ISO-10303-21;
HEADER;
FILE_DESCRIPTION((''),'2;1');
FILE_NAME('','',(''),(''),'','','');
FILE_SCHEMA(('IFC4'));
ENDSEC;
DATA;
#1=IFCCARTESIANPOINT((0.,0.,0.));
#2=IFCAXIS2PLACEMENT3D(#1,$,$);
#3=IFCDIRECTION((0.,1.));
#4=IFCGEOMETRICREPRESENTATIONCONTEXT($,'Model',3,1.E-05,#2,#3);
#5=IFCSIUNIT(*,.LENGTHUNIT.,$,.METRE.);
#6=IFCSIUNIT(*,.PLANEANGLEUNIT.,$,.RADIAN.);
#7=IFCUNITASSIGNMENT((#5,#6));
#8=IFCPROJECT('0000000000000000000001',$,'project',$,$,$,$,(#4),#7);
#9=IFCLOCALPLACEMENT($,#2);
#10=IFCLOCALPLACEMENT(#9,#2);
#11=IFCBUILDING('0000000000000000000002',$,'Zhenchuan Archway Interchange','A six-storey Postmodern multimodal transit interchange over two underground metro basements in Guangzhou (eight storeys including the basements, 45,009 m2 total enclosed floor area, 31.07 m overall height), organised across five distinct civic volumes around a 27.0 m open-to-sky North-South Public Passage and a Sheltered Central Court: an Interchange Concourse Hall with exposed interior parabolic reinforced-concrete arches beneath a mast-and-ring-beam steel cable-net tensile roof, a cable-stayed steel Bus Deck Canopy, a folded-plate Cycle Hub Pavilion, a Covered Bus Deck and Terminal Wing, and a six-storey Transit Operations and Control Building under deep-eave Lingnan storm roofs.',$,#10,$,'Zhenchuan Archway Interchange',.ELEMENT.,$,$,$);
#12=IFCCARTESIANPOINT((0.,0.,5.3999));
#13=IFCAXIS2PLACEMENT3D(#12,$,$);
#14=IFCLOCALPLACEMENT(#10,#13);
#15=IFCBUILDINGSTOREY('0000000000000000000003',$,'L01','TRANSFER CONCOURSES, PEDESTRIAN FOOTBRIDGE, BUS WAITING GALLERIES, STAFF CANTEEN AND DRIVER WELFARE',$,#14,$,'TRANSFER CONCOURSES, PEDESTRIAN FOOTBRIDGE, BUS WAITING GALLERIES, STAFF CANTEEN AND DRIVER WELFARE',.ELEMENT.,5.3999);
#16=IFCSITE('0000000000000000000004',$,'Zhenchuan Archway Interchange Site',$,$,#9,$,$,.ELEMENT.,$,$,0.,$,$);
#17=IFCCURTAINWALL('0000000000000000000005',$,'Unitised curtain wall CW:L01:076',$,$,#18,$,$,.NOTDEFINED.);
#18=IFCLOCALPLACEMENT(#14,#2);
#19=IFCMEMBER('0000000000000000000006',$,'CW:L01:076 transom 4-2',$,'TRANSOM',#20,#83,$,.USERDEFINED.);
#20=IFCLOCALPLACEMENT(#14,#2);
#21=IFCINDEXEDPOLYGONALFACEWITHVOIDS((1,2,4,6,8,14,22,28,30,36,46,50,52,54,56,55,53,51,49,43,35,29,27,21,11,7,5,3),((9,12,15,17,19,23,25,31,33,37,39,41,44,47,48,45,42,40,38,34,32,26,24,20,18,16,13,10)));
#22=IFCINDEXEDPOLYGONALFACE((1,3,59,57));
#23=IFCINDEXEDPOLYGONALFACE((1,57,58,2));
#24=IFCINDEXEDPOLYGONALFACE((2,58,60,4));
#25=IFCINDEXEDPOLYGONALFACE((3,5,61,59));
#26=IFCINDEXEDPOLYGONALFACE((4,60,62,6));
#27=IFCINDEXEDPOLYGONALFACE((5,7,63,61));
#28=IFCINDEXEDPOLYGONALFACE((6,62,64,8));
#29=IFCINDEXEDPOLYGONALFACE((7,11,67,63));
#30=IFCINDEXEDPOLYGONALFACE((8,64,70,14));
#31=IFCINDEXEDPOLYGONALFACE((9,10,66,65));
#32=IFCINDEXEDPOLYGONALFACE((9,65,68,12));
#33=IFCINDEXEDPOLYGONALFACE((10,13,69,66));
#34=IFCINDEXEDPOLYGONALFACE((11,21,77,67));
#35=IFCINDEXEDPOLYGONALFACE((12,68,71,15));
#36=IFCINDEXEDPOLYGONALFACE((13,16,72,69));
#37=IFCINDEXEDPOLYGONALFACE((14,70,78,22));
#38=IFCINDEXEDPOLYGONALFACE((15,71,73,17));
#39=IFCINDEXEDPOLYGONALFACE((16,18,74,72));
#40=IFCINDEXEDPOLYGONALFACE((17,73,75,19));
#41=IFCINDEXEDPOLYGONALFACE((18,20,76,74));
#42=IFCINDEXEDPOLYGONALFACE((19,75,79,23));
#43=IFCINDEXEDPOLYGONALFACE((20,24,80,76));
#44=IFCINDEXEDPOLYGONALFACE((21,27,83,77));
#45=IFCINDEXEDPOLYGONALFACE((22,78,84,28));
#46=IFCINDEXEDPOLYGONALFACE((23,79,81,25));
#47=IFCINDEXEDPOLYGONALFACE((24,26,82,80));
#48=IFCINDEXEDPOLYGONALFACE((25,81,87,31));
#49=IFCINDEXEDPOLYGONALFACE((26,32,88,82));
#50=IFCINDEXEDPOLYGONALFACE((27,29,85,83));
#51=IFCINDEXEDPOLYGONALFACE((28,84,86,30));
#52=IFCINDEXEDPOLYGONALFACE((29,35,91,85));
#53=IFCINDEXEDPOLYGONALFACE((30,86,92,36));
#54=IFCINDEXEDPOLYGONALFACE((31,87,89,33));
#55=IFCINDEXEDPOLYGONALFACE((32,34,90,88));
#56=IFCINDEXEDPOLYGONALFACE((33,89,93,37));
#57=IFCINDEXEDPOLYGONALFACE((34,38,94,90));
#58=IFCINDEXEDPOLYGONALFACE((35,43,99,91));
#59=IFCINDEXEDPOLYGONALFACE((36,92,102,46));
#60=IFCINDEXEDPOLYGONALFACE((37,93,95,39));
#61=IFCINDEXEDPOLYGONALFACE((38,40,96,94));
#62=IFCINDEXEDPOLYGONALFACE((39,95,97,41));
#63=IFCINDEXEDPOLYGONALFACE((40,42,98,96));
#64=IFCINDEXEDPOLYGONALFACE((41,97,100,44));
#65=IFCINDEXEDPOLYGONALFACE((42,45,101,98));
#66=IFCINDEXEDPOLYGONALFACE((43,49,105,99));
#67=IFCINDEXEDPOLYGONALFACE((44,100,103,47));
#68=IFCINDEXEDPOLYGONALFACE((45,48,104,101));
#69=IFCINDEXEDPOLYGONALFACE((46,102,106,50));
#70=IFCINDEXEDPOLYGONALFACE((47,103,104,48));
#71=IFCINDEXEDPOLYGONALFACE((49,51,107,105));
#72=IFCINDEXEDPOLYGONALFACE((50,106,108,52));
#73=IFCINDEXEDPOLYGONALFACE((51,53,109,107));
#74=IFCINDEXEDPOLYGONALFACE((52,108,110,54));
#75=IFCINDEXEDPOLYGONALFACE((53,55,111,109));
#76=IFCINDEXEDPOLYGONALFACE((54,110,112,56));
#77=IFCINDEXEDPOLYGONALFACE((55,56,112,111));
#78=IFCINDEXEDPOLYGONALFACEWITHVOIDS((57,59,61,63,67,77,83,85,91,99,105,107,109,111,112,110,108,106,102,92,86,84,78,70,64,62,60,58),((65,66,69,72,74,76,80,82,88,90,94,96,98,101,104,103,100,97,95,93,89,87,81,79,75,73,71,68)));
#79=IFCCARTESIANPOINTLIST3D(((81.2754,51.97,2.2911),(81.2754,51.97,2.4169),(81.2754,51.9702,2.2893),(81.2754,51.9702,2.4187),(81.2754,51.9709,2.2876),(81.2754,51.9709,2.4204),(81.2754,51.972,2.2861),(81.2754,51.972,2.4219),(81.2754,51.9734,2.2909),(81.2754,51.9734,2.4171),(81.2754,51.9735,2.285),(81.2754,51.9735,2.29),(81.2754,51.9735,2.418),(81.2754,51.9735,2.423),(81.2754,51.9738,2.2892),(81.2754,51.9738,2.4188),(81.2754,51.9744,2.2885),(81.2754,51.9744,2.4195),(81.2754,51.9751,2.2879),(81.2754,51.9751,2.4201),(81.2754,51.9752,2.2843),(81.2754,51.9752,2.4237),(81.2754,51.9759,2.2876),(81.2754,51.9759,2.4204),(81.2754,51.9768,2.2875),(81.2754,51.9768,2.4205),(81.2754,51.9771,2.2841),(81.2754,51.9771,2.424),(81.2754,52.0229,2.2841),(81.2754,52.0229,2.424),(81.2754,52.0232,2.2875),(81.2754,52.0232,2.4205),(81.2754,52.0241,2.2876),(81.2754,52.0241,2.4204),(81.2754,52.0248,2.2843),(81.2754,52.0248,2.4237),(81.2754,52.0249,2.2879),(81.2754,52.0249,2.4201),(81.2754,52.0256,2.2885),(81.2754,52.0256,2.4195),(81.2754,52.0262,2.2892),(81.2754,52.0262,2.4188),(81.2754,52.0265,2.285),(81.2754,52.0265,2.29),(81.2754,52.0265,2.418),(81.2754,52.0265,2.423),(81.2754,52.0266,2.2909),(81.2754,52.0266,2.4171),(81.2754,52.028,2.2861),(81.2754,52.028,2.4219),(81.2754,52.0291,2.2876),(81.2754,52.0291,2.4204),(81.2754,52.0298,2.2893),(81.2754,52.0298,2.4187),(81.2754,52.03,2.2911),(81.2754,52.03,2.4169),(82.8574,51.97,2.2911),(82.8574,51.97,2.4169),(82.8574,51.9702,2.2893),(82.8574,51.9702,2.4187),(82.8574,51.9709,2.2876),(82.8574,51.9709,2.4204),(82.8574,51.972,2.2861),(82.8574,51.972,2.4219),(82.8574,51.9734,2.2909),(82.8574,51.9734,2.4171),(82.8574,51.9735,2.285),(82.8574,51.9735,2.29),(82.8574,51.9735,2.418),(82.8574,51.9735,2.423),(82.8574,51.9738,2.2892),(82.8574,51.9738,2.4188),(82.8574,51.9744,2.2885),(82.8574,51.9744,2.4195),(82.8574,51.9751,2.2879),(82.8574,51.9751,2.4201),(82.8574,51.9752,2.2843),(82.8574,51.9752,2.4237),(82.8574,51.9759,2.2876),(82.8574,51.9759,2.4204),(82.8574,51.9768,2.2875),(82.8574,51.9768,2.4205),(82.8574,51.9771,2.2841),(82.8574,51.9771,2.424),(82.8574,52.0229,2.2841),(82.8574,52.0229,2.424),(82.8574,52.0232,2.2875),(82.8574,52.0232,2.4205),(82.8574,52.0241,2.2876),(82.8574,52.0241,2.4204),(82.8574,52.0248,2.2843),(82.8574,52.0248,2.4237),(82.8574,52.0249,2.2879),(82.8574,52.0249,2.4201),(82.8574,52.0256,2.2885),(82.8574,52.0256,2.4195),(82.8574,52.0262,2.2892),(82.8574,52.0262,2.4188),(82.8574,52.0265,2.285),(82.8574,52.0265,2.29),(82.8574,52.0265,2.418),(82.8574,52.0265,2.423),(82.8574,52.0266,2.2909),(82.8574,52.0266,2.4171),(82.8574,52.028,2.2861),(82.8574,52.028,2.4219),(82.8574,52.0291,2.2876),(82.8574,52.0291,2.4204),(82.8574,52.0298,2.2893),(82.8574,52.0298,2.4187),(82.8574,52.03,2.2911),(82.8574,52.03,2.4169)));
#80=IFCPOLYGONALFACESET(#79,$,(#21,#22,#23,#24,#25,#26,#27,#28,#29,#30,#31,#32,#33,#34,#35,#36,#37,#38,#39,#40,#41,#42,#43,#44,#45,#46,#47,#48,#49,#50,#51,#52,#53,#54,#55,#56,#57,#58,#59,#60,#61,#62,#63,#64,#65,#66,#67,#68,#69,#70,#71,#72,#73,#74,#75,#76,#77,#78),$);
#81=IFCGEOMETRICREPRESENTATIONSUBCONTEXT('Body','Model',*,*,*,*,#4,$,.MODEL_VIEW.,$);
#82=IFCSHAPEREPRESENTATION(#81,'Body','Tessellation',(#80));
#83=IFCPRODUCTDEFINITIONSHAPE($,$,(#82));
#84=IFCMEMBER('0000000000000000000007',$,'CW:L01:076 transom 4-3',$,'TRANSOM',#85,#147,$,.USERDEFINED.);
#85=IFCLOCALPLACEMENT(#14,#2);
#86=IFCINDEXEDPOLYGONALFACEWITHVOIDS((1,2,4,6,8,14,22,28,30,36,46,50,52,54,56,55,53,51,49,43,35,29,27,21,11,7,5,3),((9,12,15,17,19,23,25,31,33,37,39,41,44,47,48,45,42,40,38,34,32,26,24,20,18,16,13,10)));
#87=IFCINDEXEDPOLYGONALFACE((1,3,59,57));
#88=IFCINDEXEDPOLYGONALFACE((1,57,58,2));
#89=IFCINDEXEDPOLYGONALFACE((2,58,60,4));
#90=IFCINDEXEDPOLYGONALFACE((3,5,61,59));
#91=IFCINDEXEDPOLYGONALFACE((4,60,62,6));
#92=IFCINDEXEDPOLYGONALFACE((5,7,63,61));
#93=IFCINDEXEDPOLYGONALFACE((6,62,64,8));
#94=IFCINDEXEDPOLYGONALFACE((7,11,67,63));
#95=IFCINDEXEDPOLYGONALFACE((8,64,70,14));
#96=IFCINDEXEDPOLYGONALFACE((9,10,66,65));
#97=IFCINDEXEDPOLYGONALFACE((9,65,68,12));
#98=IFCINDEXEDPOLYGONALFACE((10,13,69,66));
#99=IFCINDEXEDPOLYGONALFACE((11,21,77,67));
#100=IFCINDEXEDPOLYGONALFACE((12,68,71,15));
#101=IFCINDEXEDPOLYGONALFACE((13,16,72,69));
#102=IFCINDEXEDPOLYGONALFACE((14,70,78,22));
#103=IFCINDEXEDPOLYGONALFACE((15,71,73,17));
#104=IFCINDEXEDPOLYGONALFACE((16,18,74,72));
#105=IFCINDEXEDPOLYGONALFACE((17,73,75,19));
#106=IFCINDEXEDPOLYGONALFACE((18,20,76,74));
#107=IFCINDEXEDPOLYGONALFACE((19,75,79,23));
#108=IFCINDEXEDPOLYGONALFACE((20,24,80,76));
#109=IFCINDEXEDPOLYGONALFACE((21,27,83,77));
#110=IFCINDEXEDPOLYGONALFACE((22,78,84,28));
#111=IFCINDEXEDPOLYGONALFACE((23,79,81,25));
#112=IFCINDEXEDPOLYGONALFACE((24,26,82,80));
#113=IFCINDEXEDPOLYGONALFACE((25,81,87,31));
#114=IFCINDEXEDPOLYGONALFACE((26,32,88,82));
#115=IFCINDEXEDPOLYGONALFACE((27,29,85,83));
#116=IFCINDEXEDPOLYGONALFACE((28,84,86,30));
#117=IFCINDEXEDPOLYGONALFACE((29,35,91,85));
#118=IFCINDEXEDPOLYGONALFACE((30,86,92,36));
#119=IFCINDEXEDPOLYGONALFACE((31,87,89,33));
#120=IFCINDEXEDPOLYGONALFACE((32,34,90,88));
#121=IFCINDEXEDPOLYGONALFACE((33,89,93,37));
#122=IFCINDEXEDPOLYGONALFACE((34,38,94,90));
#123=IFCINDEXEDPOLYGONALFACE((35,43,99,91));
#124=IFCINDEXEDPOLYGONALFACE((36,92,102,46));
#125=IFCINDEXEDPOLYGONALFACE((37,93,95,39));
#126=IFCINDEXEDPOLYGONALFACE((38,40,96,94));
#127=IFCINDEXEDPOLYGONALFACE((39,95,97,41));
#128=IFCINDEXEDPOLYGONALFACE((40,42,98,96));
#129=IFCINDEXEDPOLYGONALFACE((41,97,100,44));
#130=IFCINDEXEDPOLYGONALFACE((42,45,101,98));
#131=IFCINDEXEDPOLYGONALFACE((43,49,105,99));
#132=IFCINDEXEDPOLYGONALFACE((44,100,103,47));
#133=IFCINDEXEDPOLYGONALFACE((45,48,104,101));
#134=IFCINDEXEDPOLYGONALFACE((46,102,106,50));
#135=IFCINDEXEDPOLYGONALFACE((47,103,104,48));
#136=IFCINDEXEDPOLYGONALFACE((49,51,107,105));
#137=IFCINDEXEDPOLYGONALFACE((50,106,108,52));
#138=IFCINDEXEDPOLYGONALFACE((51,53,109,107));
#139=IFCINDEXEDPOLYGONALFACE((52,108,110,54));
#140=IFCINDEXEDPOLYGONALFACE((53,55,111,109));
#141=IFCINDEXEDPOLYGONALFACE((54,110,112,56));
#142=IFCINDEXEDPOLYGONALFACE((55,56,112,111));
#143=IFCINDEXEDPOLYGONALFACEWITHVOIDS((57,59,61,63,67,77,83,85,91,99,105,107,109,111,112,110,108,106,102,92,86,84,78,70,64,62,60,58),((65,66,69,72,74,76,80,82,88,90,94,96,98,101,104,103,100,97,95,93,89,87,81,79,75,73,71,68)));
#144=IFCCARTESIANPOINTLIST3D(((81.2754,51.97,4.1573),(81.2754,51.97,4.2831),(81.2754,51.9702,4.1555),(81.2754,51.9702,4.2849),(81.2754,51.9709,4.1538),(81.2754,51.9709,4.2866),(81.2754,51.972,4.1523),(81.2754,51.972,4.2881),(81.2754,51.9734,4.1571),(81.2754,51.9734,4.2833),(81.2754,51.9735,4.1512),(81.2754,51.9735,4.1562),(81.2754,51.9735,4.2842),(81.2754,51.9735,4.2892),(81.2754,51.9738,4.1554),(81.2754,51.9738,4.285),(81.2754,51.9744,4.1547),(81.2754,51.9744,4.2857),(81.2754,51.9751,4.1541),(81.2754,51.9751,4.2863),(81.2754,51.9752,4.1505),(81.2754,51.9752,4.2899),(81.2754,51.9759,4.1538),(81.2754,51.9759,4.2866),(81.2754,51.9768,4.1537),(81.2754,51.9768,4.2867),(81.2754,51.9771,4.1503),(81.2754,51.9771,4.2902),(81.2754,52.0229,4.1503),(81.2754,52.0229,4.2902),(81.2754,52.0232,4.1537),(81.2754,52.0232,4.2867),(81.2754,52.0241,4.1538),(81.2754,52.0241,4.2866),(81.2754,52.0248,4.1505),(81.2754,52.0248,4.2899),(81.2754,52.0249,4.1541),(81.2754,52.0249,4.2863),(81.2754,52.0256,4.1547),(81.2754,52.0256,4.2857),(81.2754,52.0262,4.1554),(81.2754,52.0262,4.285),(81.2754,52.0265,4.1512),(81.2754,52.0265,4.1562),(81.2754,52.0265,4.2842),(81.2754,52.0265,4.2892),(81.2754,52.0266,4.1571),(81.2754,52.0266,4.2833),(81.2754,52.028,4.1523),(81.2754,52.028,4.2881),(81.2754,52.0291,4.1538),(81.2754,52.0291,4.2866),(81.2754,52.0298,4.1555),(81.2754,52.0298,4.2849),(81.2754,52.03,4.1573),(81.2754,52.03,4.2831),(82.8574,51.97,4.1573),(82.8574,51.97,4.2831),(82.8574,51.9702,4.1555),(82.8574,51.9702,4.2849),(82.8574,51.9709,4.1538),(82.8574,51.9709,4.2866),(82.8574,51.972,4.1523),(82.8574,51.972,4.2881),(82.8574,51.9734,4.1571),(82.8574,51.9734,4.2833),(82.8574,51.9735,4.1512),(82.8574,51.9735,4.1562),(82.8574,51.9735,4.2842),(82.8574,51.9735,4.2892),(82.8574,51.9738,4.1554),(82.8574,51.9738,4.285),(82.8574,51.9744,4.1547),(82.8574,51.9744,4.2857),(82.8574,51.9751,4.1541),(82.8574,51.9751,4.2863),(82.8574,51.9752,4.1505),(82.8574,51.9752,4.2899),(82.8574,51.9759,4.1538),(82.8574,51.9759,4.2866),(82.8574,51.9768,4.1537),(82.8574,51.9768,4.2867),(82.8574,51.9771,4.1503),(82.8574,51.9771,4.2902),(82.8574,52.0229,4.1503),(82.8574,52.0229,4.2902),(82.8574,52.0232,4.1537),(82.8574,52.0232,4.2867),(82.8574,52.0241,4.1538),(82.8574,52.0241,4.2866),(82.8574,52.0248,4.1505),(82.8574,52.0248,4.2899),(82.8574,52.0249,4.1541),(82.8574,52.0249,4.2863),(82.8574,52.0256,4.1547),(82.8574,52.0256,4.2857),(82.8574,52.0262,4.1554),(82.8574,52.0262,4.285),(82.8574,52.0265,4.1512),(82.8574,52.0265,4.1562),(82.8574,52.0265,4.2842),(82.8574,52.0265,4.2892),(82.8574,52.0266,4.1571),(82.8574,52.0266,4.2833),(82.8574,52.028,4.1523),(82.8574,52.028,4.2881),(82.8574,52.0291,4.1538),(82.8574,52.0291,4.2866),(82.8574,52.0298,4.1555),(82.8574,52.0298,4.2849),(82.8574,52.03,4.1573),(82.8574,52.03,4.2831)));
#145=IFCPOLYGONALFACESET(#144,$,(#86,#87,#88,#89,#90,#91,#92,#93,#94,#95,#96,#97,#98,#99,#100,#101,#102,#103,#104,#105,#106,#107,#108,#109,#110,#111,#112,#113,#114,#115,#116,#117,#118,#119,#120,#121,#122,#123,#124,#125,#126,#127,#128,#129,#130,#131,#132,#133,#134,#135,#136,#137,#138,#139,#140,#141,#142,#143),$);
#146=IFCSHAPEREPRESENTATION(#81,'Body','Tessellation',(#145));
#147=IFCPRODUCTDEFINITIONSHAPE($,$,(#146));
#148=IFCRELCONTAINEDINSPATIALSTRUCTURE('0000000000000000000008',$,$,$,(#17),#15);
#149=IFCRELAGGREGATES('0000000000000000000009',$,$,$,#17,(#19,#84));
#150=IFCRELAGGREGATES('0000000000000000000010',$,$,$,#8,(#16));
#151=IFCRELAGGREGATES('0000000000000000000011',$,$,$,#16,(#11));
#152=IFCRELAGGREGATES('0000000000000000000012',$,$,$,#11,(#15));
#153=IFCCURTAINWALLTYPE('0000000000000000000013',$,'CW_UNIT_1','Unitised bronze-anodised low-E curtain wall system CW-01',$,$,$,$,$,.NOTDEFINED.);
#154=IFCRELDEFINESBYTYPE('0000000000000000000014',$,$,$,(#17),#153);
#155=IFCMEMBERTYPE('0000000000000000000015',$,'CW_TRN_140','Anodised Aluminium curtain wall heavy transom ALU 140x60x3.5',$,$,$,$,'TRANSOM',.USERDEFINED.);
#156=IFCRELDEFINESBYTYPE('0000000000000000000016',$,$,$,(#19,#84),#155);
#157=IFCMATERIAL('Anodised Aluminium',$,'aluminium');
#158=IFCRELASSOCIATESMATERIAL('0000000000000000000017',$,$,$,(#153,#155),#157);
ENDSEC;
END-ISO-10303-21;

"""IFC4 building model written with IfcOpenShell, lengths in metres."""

from ifc_helpers import new_model, si_unit, direction, frame, origin, origin_2d, place, context, subcontext, project, spatial, hollow_rectangle, extrude, material, material_profile, profile_set, type_object, element, aggregate, save


model = new_model("IFC4")

# Units and contexts
model_context = context("Model", 3, precision=1e-05, world=origin(), true_north=direction((0.0, 1.0)))
body_context = subcontext(model_context, "Body", "Model", "MODEL_VIEW")
ifc_project = project(units=[si_unit("LENGTHUNIT", "METRE"), si_unit("PLANEANGLEUNIT", "RADIAN")], contexts=[model_context])

# Site, building, storey
site_placement = place(None, origin())
site = spatial("IfcSite", under=ifc_project, at=site_placement, Name="Zhenchuan Archway Interchange Site", CompositionType="ELEMENT", RefElevation=0.0)
building_placement = place(site_placement, origin())
building = spatial("IfcBuilding", under=site, at=building_placement, Name="Zhenchuan Archway Interchange", Description="A six-storey Postmodern multimodal transit interchange over two underground metro basements in Guangzhou (eight storeys including the basements, 45,009 m2 total enclosed floor area, 31.07 m overall height), organised across five distinct civic volumes around a 27.0 m open-to-sky North-South Public Passage and a Sheltered Central Court: an Interchange Concourse Hall with exposed interior parabolic reinforced-concrete arches beneath a mast-and-ring-beam steel cable-net tensile roof, a cable-stayed steel Bus Deck Canopy, a folded-plate Cycle Hub Pavilion, a Covered Bus Deck and Terminal Wing, and a six-storey Transit Operations and Control Building under deep-eave Lingnan storm roofs.", LongName="Zhenchuan Archway Interchange", CompositionType="ELEMENT")
storey_placement = place(building_placement, frame((0.0, 0.0, 5.3999)))
storey = spatial("IfcBuildingStorey", under=building, at=storey_placement, Name="L01", Description="TRANSFER CONCOURSES, PEDESTRIAN FOOTBRIDGE, BUS WAITING GALLERIES, STAFF CANTEEN AND DRIVER WELFARE", LongName="TRANSFER CONCOURSES, PEDESTRIAN FOOTBRIDGE, BUS WAITING GALLERIES, STAFF CANTEEN AND DRIVER WELFARE", CompositionType="ELEMENT", Elevation=5.3999)

# Curtain wall
ifc_material_1 = material(Name="Anodised Aluminium", Category="aluminium")
curtain_wall_type_1 = type_object("IfcCurtainWallType", Name="CW_UNIT_1", Description="Unitised bronze-anodised low-E curtain wall system CW-01", PredefinedType="NOTDEFINED", material=ifc_material_1)
curtain_wall_1_placement = place(storey_placement, origin())
curtain_wall_1 = element("IfcCurtainWall", 1, at=curtain_wall_1_placement, inside=storey, type_object=curtain_wall_type_1, Name="Unitised curtain wall CW:L01:076", PredefinedType="NOTDEFINED")

# Members
ifc_material_profile_1 = material_profile(ifc_material_1, hollow_rectangle(XDim=0.0601, YDim=0.1399, WallThickness=0.0034, InnerFilletRadius=0.0034, OuterFilletRadius=0.0071, at=origin_2d()), Name="ALU 140x60x3.5")
ifc_profile_set_1 = profile_set([ifc_material_profile_1], Name="Anodised Aluminium")
member_type_1 = type_object("IfcMemberType", Name="CW_TRN_140", Description="Anodised Aluminium curtain wall heavy transom ALU 140x60x3.5", ElementType="TRANSOM", PredefinedType="USERDEFINED", material=ifc_profile_set_1)
member_1_placement = place(storey_placement, frame((82.8574, 52.0, 2.354), z_axis=(-1.0, 0.0, 0.0), x_axis=(0.0, -1.0, 0.0)))
member_1 = element("IfcMember", 2, at=member_1_placement, type_object=member_type_1, Name="CW:L01:076 transom 4-2", ObjectType="TRANSOM", PredefinedType="USERDEFINED", context=body_context, shape_type="SweptSolid", body=[
    extrude(hollow_rectangle(XDim=0.0601, YDim=0.1399, WallThickness=0.0034, InnerFilletRadius=0.0034, OuterFilletRadius=0.0071, at=origin_2d()), origin(), (0.0, 0.0, 1.0), 1.582),
])
member_2_placement = place(storey_placement, frame((82.8574, 52.0, 4.2202), z_axis=(-1.0, 0.0, 0.0), x_axis=(0.0, -1.0, 0.0)))
member_2 = element("IfcMember", 3, at=member_2_placement, type_object=member_type_1, Name="CW:L01:076 transom 4-3", ObjectType="TRANSOM", PredefinedType="USERDEFINED", context=body_context, shape_type="SweptSolid", body=[
    extrude(hollow_rectangle(XDim=0.0601, YDim=0.1399, WallThickness=0.0034, InnerFilletRadius=0.0034, OuterFilletRadius=0.0071, at=origin_2d()), origin(), (0.0, 0.0, 1.0), 1.582),
])

aggregate(curtain_wall_1, [member_1, member_2])

save(model, "model.ifc")
